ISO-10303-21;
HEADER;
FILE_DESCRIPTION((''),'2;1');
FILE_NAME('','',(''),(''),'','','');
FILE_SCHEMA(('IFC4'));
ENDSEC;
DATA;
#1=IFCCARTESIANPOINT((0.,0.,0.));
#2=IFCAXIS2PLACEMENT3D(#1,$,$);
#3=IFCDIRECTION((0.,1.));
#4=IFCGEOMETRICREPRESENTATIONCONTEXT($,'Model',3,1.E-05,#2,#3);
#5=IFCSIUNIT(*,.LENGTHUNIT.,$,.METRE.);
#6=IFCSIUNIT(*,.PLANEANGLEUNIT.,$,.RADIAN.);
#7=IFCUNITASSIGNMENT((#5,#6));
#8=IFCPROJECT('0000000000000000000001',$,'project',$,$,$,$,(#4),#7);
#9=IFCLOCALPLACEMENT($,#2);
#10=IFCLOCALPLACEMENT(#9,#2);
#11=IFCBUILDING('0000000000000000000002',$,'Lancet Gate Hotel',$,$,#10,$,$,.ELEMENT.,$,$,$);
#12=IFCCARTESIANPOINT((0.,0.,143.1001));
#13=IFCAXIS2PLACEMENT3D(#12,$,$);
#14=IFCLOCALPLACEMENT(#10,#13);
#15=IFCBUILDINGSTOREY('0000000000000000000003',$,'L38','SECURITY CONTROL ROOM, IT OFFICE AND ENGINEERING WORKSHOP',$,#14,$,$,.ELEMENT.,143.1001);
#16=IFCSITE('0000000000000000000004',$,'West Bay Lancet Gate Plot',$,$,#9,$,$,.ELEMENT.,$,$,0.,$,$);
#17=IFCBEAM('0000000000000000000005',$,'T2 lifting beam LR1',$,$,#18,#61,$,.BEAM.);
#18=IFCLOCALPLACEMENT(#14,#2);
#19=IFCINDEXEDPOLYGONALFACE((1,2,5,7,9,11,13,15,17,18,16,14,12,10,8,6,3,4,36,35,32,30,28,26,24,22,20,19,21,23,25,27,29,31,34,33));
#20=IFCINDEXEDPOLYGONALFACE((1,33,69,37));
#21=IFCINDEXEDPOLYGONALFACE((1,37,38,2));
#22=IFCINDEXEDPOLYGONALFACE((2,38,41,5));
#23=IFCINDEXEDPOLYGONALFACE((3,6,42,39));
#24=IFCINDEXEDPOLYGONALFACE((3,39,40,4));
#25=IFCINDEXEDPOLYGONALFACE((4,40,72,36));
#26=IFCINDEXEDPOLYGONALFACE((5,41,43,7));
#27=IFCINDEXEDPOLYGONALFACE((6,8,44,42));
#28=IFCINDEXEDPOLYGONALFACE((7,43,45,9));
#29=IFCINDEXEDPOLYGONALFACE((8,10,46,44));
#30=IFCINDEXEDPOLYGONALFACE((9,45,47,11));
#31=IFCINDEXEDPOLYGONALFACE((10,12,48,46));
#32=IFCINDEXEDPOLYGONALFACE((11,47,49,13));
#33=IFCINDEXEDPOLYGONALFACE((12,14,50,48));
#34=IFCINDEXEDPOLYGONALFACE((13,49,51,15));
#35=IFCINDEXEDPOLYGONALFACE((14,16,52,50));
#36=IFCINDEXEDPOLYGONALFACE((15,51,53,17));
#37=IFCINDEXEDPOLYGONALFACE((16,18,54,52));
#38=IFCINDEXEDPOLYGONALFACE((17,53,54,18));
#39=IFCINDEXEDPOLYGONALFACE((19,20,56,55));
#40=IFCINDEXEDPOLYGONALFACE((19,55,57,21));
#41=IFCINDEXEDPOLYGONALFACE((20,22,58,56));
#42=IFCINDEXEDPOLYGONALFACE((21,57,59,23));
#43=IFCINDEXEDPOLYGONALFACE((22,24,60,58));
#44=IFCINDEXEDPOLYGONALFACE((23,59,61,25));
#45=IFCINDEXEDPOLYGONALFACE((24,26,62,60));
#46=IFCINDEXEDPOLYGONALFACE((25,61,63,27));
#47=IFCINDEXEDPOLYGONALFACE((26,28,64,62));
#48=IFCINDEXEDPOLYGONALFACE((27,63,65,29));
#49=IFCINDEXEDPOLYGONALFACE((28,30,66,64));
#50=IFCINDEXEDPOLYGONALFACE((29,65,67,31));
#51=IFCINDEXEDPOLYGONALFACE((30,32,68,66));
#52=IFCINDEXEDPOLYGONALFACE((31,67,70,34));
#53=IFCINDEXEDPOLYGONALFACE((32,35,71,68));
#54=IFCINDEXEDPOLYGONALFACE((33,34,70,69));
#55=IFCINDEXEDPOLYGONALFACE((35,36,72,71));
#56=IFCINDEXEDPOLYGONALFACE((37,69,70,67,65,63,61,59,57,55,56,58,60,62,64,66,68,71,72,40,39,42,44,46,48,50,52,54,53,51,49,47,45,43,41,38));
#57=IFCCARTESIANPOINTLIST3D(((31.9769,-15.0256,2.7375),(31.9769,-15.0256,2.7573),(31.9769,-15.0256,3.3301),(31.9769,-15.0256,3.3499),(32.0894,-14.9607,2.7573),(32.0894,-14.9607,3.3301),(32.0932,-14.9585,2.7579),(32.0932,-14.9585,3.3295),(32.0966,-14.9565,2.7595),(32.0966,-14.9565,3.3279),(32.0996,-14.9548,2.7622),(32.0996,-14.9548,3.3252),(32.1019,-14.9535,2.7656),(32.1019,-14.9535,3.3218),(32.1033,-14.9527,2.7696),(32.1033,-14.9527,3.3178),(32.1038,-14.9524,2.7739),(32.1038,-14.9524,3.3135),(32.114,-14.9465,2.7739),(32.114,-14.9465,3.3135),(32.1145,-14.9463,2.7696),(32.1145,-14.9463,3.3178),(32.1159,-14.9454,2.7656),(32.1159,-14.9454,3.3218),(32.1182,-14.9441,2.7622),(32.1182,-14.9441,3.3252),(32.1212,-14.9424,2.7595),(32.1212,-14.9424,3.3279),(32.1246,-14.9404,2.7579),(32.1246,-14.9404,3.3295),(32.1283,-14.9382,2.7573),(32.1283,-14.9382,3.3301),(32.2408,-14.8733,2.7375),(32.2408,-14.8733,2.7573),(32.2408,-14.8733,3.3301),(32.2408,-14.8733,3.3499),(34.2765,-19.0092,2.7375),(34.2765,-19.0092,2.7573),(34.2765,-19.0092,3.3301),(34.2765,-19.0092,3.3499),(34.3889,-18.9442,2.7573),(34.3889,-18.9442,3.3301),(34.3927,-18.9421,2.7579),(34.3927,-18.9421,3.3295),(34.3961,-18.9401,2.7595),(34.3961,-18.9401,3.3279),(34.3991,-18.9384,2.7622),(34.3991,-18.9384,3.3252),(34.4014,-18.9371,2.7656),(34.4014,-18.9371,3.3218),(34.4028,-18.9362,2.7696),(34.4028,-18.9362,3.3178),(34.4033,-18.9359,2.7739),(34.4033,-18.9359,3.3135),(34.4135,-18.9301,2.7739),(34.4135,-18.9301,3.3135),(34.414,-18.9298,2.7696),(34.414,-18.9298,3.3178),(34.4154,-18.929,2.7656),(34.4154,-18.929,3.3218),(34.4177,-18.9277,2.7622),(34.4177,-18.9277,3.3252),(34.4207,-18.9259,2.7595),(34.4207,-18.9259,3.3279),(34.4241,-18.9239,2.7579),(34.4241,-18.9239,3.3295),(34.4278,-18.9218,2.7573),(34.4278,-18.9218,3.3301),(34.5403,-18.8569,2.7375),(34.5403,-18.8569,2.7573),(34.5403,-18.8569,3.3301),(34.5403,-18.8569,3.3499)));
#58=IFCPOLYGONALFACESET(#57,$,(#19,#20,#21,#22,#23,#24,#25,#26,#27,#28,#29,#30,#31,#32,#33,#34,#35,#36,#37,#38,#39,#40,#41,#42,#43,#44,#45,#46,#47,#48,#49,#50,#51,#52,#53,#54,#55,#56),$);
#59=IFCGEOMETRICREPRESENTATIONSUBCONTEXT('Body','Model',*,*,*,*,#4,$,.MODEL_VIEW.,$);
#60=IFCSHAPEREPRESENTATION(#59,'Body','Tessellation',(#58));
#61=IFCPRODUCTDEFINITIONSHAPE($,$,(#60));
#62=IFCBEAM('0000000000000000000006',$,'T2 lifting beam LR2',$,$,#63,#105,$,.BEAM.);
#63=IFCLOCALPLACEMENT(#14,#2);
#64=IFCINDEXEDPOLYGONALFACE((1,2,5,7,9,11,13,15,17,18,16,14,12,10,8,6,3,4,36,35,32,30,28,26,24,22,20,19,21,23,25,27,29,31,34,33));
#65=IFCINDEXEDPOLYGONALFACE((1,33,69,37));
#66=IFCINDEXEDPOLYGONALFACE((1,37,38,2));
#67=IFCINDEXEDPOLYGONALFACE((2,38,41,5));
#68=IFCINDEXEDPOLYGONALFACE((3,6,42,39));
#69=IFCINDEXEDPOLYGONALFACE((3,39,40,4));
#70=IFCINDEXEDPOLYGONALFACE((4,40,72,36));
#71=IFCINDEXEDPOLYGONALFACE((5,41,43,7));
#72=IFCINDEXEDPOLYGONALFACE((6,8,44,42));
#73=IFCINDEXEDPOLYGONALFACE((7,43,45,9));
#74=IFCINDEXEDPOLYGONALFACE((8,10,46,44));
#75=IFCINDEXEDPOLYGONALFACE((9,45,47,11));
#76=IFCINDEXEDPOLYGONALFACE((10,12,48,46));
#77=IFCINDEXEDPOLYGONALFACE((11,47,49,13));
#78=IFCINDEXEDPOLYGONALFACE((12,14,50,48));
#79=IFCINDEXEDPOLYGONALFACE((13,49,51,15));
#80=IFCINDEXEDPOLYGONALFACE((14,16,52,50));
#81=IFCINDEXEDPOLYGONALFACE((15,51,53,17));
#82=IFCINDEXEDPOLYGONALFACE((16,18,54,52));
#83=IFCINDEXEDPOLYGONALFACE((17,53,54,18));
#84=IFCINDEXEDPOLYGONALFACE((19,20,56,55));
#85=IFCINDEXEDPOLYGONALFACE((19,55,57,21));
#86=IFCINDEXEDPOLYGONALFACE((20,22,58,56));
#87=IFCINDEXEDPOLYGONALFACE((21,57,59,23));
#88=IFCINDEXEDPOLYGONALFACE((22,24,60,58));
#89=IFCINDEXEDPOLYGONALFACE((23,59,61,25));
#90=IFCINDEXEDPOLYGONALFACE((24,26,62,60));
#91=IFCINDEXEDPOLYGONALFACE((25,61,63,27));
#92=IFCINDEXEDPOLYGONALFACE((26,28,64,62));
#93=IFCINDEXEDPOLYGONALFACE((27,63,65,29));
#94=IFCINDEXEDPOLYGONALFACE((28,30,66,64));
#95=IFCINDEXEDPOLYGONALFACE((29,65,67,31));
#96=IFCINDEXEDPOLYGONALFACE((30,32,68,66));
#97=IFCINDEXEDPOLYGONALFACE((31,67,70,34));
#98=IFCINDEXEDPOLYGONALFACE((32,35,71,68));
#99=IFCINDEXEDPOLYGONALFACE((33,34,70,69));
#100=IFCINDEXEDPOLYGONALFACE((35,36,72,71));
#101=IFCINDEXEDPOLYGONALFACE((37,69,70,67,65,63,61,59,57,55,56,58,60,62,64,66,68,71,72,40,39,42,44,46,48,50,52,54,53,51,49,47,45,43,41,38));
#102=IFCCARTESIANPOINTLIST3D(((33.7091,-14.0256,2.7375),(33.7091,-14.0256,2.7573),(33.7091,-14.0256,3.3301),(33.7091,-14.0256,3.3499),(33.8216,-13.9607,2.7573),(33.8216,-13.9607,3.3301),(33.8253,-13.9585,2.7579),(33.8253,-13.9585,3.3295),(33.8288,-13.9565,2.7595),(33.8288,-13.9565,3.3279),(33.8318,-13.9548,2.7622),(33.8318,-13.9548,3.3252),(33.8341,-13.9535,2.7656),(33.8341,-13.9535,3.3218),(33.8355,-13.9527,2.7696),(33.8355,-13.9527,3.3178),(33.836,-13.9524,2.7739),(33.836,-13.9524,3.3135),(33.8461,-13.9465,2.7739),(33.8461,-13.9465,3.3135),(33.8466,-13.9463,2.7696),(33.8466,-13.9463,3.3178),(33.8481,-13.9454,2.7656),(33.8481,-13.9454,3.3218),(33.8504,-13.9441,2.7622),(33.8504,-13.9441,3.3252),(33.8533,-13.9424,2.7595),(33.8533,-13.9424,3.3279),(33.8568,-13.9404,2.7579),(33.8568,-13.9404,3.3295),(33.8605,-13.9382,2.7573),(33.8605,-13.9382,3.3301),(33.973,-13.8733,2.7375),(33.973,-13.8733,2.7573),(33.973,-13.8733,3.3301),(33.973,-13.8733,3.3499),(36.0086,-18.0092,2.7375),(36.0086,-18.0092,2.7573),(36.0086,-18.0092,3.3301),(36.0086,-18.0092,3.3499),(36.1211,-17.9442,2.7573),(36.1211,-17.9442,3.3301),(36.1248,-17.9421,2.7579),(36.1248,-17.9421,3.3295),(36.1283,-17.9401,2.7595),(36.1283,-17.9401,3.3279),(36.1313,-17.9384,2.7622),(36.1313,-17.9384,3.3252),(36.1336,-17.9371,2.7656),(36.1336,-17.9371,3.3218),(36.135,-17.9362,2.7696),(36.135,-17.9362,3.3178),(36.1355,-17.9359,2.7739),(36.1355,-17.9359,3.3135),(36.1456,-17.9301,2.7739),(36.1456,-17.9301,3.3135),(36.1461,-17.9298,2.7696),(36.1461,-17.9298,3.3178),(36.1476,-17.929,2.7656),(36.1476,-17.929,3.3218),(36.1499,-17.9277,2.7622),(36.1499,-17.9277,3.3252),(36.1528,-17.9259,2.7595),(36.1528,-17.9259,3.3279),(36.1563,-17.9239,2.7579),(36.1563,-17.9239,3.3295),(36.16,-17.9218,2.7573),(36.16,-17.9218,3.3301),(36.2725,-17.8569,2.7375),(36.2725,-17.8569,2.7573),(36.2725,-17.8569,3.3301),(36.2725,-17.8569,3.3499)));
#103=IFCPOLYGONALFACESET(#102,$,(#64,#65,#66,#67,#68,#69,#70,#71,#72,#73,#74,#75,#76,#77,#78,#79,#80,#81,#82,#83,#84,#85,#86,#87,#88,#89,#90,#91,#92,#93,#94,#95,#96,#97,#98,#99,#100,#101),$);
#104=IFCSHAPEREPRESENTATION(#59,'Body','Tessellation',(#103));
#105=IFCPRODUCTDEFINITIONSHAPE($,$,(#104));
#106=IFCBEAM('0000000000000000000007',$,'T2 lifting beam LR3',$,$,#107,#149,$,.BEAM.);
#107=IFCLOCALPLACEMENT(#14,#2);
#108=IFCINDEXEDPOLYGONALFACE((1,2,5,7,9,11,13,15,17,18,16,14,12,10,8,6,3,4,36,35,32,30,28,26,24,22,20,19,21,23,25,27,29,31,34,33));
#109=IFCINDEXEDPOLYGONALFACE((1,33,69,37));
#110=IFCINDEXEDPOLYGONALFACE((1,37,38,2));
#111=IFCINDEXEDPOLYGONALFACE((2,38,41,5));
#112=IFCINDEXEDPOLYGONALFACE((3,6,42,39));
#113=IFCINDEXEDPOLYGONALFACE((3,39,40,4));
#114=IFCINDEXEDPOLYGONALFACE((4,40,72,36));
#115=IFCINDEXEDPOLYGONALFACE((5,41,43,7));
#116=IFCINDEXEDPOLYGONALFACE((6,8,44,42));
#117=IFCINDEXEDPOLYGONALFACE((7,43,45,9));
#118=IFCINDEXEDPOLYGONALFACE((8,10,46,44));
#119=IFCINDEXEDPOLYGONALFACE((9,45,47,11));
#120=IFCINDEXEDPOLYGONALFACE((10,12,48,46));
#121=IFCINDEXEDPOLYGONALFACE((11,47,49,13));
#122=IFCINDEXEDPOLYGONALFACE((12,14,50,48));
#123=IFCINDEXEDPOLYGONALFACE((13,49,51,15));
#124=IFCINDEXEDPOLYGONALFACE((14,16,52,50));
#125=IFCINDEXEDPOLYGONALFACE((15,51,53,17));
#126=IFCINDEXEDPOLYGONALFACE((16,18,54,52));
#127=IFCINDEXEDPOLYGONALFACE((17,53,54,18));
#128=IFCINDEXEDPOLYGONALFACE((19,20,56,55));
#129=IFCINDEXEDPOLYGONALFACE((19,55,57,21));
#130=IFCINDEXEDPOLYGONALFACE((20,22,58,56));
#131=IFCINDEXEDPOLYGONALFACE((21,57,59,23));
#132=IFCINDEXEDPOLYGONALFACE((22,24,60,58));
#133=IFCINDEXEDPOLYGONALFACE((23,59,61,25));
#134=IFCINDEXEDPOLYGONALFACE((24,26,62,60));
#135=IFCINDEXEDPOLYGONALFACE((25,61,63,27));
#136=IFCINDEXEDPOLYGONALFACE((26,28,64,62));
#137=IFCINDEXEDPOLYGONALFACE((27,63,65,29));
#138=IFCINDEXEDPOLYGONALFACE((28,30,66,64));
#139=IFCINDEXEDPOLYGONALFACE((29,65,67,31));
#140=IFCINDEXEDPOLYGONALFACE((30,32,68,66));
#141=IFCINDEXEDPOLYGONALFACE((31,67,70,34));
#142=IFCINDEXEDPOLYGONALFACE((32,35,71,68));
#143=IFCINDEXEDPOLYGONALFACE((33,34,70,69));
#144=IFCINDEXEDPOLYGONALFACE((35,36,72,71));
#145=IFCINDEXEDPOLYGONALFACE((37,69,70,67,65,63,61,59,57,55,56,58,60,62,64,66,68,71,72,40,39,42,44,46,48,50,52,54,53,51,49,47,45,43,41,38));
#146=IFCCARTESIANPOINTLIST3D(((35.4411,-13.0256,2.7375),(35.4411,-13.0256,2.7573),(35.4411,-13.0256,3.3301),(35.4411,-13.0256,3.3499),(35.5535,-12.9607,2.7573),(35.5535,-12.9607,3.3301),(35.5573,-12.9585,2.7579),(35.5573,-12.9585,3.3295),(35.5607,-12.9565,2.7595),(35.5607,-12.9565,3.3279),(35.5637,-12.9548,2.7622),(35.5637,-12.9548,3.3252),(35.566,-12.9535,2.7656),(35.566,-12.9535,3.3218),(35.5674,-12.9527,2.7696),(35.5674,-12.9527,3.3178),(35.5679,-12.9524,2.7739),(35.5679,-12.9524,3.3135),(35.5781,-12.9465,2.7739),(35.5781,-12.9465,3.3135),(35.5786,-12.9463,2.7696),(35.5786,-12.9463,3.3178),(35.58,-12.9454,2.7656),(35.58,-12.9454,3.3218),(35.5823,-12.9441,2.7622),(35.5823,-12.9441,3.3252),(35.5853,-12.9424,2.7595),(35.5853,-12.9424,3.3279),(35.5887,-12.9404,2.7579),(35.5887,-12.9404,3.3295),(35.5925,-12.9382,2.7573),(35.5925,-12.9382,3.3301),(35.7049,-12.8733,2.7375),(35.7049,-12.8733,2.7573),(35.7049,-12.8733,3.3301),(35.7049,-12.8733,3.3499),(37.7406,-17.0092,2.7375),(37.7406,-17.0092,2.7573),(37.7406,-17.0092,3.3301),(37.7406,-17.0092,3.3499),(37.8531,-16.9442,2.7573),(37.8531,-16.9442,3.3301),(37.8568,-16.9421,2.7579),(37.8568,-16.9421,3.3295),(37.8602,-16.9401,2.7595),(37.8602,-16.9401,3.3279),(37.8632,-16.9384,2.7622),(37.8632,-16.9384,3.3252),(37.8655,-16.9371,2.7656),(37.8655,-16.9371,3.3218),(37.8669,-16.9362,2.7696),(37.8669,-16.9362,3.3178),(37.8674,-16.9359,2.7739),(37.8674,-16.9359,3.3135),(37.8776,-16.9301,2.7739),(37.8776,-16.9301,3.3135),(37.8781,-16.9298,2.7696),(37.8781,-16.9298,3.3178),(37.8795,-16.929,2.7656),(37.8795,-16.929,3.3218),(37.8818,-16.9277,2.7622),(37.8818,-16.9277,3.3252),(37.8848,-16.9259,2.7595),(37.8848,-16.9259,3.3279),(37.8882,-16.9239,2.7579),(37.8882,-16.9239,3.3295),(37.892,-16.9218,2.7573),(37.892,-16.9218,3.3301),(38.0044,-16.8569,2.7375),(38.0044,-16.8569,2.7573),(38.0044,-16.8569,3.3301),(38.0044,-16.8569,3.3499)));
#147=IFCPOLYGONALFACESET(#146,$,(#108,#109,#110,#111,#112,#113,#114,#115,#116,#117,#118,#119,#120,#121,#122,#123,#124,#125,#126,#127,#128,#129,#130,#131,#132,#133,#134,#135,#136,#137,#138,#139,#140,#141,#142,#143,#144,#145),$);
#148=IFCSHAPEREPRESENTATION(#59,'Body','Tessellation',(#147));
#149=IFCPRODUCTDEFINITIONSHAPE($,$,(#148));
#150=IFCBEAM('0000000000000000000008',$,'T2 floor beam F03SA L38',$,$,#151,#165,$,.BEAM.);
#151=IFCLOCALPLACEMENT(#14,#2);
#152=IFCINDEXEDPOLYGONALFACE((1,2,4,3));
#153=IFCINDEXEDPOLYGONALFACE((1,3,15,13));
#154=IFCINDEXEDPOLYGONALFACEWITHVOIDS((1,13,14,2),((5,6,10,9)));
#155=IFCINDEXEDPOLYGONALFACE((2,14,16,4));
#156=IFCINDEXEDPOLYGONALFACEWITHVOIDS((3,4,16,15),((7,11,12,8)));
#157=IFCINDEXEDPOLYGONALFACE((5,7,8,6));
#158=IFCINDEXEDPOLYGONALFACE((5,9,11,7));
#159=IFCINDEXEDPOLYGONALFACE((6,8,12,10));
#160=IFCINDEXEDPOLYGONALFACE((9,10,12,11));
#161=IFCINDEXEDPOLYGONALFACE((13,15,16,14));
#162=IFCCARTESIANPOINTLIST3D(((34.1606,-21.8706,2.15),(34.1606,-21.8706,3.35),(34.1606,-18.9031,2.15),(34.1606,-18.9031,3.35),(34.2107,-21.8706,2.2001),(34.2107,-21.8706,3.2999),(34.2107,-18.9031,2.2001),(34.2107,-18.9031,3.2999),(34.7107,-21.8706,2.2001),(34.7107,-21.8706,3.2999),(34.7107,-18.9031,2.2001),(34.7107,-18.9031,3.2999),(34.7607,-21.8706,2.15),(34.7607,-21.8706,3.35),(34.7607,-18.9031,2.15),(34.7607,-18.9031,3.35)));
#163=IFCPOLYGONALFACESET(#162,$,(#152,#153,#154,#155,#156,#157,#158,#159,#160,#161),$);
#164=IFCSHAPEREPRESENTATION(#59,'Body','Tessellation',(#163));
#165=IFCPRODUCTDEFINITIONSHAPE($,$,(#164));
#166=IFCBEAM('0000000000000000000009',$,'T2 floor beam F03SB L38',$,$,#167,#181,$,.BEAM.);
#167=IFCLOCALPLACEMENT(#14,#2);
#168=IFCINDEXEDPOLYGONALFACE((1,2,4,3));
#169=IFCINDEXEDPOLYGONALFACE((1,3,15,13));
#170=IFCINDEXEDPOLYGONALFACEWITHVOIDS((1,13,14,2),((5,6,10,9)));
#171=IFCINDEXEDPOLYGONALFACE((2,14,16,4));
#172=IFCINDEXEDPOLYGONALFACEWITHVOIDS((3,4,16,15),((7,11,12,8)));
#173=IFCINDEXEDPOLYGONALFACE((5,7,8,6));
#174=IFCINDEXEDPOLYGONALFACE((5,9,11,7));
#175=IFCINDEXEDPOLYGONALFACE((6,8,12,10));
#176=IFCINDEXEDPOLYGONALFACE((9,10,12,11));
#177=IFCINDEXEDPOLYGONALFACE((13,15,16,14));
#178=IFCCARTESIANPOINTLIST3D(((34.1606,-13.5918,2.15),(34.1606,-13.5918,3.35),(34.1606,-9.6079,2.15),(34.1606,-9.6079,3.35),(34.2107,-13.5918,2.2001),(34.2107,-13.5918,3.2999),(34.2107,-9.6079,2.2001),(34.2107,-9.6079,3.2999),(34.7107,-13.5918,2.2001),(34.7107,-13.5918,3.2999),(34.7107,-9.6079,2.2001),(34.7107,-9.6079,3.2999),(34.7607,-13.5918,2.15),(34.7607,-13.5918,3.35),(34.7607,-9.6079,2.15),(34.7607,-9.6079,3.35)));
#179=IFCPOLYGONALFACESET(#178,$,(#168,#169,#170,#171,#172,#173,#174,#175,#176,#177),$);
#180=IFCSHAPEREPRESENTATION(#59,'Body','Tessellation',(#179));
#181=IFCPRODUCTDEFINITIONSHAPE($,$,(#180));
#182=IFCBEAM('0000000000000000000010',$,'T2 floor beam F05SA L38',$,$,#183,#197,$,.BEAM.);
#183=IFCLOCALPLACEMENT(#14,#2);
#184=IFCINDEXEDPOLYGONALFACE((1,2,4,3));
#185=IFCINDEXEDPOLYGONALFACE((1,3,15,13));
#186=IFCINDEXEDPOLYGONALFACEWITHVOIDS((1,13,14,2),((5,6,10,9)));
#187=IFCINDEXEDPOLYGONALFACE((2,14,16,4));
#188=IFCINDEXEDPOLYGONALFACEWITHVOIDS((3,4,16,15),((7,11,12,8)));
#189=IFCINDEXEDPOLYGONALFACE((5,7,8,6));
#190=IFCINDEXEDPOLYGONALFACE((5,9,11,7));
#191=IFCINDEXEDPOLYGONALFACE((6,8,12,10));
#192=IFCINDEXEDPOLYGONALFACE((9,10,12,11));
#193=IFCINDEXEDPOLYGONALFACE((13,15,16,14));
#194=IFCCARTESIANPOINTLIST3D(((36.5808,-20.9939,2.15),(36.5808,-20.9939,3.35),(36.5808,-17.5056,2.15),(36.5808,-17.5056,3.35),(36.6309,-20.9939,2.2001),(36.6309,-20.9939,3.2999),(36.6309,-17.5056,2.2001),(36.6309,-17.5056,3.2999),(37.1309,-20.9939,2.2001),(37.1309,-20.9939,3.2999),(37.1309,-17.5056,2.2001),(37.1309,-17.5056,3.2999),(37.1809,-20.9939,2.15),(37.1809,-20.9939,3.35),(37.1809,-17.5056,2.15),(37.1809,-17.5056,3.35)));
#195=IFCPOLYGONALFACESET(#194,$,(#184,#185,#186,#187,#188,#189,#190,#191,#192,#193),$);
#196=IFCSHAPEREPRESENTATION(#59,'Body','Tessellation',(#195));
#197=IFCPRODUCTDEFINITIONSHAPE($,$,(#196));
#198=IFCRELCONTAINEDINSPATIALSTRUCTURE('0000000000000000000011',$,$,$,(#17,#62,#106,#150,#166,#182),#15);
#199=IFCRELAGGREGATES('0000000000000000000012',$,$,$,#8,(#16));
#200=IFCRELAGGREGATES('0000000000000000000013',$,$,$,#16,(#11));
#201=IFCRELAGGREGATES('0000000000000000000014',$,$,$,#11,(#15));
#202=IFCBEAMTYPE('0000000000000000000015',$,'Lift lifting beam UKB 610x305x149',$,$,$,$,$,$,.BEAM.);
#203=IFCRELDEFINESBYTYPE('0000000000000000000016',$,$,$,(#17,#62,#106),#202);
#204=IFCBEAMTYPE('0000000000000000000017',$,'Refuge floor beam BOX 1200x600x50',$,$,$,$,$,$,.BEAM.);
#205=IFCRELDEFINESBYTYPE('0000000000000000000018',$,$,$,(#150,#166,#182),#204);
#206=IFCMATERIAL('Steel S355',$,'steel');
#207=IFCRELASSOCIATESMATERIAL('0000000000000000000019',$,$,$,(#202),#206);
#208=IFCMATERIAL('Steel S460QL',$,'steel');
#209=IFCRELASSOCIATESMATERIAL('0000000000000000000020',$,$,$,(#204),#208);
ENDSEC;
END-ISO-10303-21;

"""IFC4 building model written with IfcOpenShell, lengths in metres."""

from ifc_helpers import new_model, si_unit, direction, frame, origin, origin_2d, place, context, subcontext, project, spatial, hollow_rectangle, i_section, extrude, material, material_profile, profile_set, type_object, element, save


model = new_model("IFC4")

# Units and contexts
model_context = context("Model", 3, precision=1e-05, world=origin(), true_north=direction((0.0, 1.0)))
body_context = subcontext(model_context, "Body", "Model", "MODEL_VIEW")
ifc_project = project(units=[si_unit("LENGTHUNIT", "METRE"), si_unit("PLANEANGLEUNIT", "RADIAN")], contexts=[model_context])

# Site, building, storey
site_placement = place(None, origin())
site = spatial("IfcSite", under=ifc_project, at=site_placement, Name="West Bay Lancet Gate Plot", CompositionType="ELEMENT", RefElevation=0.0)
building_placement = place(site_placement, origin())
building = spatial("IfcBuilding", under=site, at=building_placement, Name="Lancet Gate Hotel", CompositionType="ELEMENT")
storey_placement = place(building_placement, frame((0.0, 0.0, 143.1001)))
storey = spatial("IfcBuildingStorey", under=building, at=storey_placement, Name="L38", Description="SECURITY CONTROL ROOM, IT OFFICE AND ENGINEERING WORKSHOP", CompositionType="ELEMENT", Elevation=143.1001)

# Beams
ifc_material_1 = material(Name="Steel S355", Category="steel")
ifc_material_profile_1 = material_profile(ifc_material_1, i_section(OverallWidth=0.3047, OverallDepth=0.6123, WebThickness=0.0117, FlangeThickness=0.0198, FilletRadius=0.0166, at=origin_2d()), Name="UKB 610x305x149")
ifc_profile_set_1 = profile_set([ifc_material_profile_1], Name="Steel S355")
beam_type_1 = type_object("IfcBeamType", Name="Lift lifting beam UKB 610x305x149", PredefinedType="BEAM", material=ifc_profile_set_1)
for number, where, z_axis, x_axis, name in (
    (1, (32.1089, -14.9495, 3.0437), (0.499935, -0.866063, 0.0), (0.866063, 0.499935, 0.0), "T2 lifting beam LR1"),
    (2, (33.8411, -13.9495, 3.0437), (0.499935, -0.866063, 0.0), (0.866063, 0.499935, 0.0), "T2 lifting beam LR2"),
    (3, (35.573, -12.9495, 3.0437), (0.499935, -0.866063, 0.0), (0.866063, 0.499935, 0.0), "T2 lifting beam LR3"),
):
    element("IfcBeam", number, at=place(storey_placement, frame(where, z_axis=z_axis, x_axis=x_axis)), inside=storey, type_object=beam_type_1, Name=name, PredefinedType="BEAM", context=body_context, shape_type="SweptSolid", body=[
        extrude(i_section(OverallWidth=0.3047, OverallDepth=0.6123, WebThickness=0.0117, FlangeThickness=0.0198, FilletRadius=0.0166, at=origin_2d()), origin(), (0.0, 0.0, 1.0), 4.5996),
    ])
ifc_material_2 = material(Name="Steel S460QL", Category="steel")
ifc_material_profile_2 = material_profile(ifc_material_2, hollow_rectangle(XDim=0.6001, YDim=1.2, WallThickness=0.05, at=origin_2d()), Name="BOX 1200x600x50")
ifc_profile_set_2 = profile_set([ifc_material_profile_2], Name="Steel S460QL")
beam_type_2 = type_object("IfcBeamType", Name="Refuge floor beam BOX 1200x600x50", PredefinedType="BEAM", material=ifc_profile_set_2)
beam_1_placement = place(storey_placement, frame((34.4607, -21.8706, 2.75), z_axis=(0.0, 1.0, 0.0), x_axis=(-1.0, 0.0, 0.0)))
element("IfcBeam", 4, at=beam_1_placement, inside=storey, type_object=beam_type_2, Name="T2 floor beam F03SA L38", PredefinedType="BEAM", context=body_context, shape_type="SweptSolid", body=[
    extrude(hollow_rectangle(XDim=0.6001, YDim=1.2, WallThickness=0.05, at=origin_2d()), origin(), (0.0, 0.0, 1.0), 2.9675),
])
beam_2_placement = place(storey_placement, frame((34.4607, -13.5918, 2.75), z_axis=(0.0, 1.0, 0.0), x_axis=(-1.0, 0.0, 0.0)))
element("IfcBeam", 5, at=beam_2_placement, inside=storey, type_object=beam_type_2, Name="T2 floor beam F03SB L38", PredefinedType="BEAM", context=body_context, shape_type="SweptSolid", body=[
    extrude(hollow_rectangle(XDim=0.6001, YDim=1.2, WallThickness=0.05, at=origin_2d()), origin(), (0.0, 0.0, 1.0), 3.9839),
])
beam_3_placement = place(storey_placement, frame((36.8809, -20.9939, 2.75), z_axis=(0.0, 1.0, 0.0), x_axis=(-1.0, 0.0, 0.0)))
element("IfcBeam", 6, at=beam_3_placement, inside=storey, type_object=beam_type_2, Name="T2 floor beam F05SA L38", PredefinedType="BEAM", context=body_context, shape_type="SweptSolid", body=[
    extrude(hollow_rectangle(XDim=0.6001, YDim=1.2, WallThickness=0.05, at=origin_2d()), origin(), (0.0, 0.0, 1.0), 3.4883),
])

save(model, "model.ifc")
